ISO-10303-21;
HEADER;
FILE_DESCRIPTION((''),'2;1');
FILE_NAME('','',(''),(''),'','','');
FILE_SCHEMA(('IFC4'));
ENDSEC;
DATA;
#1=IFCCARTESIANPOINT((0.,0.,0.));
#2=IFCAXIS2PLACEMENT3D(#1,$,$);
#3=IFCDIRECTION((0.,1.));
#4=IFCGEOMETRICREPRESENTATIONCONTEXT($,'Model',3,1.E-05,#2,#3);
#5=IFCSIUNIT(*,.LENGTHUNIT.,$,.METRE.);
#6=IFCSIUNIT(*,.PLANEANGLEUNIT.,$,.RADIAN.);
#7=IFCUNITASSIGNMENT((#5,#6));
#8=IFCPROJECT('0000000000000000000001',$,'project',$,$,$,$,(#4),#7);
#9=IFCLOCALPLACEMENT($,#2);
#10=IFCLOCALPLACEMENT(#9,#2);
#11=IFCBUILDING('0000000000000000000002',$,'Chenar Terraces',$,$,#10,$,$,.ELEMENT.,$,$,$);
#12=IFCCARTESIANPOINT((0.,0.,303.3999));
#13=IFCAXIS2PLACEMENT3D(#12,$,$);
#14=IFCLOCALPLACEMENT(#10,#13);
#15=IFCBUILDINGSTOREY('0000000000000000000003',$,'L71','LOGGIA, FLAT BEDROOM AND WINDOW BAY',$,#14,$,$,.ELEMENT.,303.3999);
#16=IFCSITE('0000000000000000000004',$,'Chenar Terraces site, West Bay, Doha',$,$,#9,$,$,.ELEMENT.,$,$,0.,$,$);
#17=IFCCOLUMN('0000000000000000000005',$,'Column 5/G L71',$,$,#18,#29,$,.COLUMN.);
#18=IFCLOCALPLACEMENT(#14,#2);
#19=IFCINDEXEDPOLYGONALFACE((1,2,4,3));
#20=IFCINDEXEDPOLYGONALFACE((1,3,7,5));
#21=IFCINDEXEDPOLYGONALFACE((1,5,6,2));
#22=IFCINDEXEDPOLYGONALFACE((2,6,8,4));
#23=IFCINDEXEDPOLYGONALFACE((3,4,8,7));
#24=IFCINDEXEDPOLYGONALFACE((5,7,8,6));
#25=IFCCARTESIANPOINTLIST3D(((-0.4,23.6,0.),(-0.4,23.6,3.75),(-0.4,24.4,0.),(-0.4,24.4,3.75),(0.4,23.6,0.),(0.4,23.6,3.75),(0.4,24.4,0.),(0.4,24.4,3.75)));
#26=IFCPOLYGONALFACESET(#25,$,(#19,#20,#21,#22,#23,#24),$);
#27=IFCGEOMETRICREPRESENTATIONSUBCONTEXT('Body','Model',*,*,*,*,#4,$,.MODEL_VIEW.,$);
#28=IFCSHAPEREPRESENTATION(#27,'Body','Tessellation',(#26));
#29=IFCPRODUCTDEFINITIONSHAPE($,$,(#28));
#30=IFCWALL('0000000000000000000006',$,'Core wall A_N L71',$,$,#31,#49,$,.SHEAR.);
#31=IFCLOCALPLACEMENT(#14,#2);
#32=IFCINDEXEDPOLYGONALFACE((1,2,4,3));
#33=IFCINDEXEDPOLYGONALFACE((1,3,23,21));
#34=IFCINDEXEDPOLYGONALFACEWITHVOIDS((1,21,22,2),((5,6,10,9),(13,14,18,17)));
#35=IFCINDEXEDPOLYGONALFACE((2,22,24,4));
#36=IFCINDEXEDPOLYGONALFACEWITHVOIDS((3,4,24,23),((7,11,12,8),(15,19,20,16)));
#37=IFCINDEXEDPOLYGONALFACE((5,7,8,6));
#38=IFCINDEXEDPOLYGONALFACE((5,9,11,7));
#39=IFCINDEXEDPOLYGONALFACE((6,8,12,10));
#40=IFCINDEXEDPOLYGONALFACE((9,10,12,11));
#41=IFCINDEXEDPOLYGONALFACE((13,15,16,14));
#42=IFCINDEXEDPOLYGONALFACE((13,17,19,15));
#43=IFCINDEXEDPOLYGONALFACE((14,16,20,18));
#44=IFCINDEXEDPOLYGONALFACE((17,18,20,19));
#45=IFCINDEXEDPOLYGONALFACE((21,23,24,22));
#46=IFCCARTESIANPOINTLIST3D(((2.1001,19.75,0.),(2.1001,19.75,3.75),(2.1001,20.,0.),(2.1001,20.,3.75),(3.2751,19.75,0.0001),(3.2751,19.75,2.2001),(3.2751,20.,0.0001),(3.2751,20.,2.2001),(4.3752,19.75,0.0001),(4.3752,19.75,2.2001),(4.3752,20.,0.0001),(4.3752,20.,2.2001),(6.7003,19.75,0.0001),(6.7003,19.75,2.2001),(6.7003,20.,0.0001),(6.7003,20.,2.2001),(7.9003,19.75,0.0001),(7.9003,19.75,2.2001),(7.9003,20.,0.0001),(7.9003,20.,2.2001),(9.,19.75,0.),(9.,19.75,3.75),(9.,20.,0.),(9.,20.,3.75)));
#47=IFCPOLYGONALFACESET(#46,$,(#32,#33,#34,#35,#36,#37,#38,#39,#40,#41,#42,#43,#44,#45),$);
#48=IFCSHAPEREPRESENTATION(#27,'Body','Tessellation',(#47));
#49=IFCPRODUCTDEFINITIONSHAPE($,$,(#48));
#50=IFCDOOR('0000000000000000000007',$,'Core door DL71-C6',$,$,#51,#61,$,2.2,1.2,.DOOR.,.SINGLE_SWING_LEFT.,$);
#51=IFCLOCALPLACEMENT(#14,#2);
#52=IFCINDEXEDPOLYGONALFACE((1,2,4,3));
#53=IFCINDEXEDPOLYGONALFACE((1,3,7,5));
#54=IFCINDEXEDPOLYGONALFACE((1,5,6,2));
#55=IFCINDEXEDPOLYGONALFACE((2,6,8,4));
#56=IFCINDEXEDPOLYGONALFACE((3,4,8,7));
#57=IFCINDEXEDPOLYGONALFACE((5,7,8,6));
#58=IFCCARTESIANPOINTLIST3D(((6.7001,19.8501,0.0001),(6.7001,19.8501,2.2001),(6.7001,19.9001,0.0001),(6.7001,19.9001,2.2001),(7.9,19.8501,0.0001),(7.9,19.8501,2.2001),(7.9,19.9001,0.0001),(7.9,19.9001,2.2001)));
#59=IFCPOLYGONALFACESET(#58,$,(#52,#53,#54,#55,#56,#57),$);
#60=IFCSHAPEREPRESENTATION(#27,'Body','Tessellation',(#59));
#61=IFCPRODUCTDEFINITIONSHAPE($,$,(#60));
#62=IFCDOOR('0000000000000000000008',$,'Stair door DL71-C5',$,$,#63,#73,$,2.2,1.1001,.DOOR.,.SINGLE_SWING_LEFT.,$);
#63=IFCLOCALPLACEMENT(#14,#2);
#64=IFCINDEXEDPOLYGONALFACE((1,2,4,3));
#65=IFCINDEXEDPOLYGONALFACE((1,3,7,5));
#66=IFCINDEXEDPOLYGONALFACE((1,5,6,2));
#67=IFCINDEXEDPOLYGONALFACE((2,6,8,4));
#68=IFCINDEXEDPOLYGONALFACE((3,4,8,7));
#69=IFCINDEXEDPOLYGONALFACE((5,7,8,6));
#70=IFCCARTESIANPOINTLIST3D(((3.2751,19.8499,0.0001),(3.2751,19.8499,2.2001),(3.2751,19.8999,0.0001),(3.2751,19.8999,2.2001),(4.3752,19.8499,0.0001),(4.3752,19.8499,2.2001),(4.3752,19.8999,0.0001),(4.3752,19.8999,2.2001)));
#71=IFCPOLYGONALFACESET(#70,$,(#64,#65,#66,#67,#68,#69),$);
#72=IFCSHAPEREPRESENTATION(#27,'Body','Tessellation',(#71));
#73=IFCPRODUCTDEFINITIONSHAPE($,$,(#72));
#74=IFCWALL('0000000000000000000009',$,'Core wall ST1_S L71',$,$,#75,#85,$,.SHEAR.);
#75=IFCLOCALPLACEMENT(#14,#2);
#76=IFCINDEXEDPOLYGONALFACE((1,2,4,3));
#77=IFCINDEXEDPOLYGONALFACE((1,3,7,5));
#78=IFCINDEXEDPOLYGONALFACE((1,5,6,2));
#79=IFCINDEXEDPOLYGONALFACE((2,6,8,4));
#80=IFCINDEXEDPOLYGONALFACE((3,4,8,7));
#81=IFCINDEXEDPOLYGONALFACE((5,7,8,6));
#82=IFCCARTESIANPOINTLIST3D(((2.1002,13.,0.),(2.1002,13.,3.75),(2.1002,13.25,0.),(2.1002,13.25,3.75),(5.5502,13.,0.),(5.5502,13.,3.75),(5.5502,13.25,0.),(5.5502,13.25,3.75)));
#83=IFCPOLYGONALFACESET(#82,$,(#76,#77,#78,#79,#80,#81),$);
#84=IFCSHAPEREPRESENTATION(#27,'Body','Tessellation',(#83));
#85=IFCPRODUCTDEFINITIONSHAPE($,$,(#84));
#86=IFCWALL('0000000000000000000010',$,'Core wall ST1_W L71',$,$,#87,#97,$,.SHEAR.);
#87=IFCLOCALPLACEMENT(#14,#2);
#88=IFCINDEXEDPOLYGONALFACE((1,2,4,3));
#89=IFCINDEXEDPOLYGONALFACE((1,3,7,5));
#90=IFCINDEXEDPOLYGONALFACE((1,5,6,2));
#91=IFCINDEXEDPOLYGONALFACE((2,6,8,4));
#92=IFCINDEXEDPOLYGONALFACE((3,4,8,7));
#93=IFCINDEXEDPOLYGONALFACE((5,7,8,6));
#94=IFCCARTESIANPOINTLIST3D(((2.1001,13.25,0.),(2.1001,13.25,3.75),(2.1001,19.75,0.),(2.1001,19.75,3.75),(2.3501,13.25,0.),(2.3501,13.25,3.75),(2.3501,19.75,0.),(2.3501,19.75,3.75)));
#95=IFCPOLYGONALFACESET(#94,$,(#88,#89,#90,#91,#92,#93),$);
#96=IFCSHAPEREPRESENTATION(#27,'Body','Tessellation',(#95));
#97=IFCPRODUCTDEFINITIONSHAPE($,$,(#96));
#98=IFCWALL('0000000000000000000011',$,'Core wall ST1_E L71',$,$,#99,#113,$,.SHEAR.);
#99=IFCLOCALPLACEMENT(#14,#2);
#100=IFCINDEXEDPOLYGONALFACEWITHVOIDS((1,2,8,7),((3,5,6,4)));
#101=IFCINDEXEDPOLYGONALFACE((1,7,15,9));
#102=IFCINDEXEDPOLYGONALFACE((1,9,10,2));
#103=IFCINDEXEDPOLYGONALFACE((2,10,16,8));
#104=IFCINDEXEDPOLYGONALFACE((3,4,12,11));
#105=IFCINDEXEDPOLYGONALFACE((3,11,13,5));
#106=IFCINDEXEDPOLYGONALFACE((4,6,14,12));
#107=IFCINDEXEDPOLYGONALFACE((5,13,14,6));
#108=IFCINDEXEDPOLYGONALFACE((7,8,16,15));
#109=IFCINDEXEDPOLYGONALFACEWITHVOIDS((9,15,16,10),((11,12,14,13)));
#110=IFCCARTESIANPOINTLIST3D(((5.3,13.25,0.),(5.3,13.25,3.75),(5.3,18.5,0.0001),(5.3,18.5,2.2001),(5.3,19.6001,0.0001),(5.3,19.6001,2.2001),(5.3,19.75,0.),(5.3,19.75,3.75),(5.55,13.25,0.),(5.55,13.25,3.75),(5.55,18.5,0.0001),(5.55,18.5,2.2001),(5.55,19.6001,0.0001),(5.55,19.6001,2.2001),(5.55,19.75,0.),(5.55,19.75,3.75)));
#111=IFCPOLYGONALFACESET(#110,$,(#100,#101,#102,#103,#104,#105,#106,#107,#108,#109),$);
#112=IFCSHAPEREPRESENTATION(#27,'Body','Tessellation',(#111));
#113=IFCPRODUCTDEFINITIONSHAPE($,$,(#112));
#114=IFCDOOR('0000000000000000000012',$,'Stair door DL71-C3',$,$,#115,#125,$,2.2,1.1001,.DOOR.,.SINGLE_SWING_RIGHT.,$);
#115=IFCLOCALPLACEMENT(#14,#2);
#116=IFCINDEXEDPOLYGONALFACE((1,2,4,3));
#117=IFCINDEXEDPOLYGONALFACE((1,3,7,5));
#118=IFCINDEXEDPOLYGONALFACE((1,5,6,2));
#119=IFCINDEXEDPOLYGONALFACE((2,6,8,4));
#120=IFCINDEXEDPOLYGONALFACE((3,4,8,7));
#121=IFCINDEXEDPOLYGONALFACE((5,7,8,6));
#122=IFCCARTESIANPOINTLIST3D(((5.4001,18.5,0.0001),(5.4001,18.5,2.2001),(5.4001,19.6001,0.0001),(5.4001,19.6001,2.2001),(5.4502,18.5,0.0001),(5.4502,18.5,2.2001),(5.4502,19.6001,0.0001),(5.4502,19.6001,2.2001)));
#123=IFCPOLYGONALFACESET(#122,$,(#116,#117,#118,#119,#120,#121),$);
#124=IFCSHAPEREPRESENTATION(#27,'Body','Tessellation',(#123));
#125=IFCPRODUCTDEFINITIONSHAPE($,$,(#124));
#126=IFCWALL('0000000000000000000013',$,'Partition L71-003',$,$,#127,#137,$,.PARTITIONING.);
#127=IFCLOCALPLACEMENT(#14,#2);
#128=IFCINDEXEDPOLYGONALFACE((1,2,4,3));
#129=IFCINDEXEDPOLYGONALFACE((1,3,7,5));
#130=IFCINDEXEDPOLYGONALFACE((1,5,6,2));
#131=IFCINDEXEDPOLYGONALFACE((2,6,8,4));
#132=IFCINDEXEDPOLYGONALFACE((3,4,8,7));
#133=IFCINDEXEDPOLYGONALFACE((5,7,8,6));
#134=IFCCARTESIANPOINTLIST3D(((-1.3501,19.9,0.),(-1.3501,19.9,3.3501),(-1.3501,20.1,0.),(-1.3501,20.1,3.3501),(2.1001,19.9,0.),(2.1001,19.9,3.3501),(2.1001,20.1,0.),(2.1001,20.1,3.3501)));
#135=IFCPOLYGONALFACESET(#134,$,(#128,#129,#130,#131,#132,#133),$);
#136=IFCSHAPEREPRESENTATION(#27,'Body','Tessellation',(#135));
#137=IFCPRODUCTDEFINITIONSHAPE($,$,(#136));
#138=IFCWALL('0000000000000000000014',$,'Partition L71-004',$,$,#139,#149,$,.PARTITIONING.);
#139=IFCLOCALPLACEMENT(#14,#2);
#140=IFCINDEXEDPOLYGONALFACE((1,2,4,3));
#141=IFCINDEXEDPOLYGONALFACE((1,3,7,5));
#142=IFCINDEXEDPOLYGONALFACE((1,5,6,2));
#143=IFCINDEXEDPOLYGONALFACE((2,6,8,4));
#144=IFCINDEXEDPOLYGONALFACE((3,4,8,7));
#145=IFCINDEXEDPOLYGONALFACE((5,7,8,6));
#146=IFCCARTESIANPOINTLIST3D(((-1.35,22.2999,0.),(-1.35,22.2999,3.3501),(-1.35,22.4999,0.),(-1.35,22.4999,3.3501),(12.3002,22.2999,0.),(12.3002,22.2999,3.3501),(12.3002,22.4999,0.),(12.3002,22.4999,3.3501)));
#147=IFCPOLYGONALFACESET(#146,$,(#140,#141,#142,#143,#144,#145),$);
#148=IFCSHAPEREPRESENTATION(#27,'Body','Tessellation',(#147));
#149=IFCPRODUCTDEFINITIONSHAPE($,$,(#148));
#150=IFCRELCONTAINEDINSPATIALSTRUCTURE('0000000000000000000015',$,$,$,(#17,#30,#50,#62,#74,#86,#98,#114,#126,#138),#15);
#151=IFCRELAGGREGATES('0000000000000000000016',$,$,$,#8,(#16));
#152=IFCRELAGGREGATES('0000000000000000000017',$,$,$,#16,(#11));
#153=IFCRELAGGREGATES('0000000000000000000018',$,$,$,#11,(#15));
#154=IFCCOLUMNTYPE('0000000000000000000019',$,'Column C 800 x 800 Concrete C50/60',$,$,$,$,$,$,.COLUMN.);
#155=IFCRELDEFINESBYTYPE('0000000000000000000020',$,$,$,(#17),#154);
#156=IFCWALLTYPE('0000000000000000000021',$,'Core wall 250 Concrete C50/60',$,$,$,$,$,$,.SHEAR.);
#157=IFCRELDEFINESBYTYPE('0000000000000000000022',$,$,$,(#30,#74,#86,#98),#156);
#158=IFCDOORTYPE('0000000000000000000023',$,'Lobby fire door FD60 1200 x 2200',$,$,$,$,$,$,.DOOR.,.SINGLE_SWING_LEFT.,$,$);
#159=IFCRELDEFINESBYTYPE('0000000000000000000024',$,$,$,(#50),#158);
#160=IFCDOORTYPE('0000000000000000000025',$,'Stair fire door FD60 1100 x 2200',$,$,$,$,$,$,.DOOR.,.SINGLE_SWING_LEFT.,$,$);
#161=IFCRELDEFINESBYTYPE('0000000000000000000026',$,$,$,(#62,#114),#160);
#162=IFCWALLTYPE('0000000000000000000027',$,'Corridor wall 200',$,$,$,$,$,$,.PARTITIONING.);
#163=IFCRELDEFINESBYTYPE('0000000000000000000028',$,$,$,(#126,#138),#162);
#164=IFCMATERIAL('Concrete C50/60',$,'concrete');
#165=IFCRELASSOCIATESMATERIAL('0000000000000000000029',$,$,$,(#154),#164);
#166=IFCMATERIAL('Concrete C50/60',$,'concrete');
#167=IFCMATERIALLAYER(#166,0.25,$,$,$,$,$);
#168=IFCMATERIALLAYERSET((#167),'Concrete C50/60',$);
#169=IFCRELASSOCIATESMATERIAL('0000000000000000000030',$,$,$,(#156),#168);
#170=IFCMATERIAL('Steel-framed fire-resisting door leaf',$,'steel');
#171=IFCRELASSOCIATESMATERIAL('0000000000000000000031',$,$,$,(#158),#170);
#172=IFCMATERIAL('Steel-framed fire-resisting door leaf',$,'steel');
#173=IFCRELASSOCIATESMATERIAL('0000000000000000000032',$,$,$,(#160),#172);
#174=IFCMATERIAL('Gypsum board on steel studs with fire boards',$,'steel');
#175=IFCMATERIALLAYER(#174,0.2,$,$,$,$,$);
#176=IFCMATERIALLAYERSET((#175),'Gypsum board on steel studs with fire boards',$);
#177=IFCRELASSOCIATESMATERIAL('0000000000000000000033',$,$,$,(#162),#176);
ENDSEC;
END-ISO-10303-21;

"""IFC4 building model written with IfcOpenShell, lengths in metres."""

from ifc_helpers import new_model, si_unit, direction, frame, frame_2d, origin, origin_2d, place, context, subcontext, project, spatial, rectangle, extrude, material, layer, layer_set, material_profile, profile_set, type_object, element, fill, save


model = new_model("IFC4")

# Units and contexts
model_context = context("Model", 3, precision=1e-05, world=origin(), true_north=direction((0.0, 1.0)))
body_context = subcontext(model_context, "Body", "Model", "MODEL_VIEW")
ifc_project = project(units=[si_unit("LENGTHUNIT", "METRE"), si_unit("PLANEANGLEUNIT", "RADIAN")], contexts=[model_context])

# Site, building, storey
site_placement = place(None, origin())
site = spatial("IfcSite", under=ifc_project, at=site_placement, Name="Chenar Terraces site, West Bay, Doha", CompositionType="ELEMENT", RefElevation=0.0)
building_placement = place(site_placement, origin())
building = spatial("IfcBuilding", under=site, at=building_placement, Name="Chenar Terraces", CompositionType="ELEMENT")
storey_placement = place(building_placement, frame((0.0, 0.0, 303.3999)))
storey = spatial("IfcBuildingStorey", under=building, at=storey_placement, Name="L71", Description="LOGGIA, FLAT BEDROOM AND WINDOW BAY", CompositionType="ELEMENT", Elevation=303.3999)

# Column
ifc_material_1 = material(Name="Concrete C50/60", Category="concrete")
ifc_material_profile_1 = material_profile(ifc_material_1, rectangle(XDim=0.8, YDim=0.8, at=origin_2d()), Name="C 800 x 800")
ifc_profile_set_1 = profile_set([ifc_material_profile_1], Name="Concrete C50/60")
column_type = type_object("IfcColumnType", Name="Column C 800 x 800 Concrete C50/60", PredefinedType="COLUMN", material=ifc_profile_set_1)
column_placement = place(storey_placement, frame((0.0, 24.0, 0.0), z_axis=(0.0, 0.0, 1.0), x_axis=(1.0, 0.0, 0.0)))
element("IfcColumn", 1, at=column_placement, inside=storey, type_object=column_type, Name="Column 5/G L71", PredefinedType="COLUMN", context=body_context, shape_type="SweptSolid", body=[
    extrude(rectangle(XDim=0.8, YDim=0.8, at=origin_2d()), origin(), (0.0, 0.0, 1.0), 3.75),
])

# Wall, openings, doors
ifc_material_2 = material(Name="Concrete C50/60", Category="concrete")
ifc_layer_1 = layer(ifc_material_2, 0.25)
ifc_layer_set_1 = layer_set([ifc_layer_1], Name="Concrete C50/60")
wall_type_1 = type_object("IfcWallType", Name="Core wall 250 Concrete C50/60", PredefinedType="SHEAR", material=ifc_layer_set_1)
wall_1_placement = place(storey_placement, frame((2.1001, 19.875, 0.0), z_axis=(0.0, 0.0, 1.0), x_axis=(1.0, 0.0, 0.0)))
wall_1 = element("IfcWall", 2, at=wall_1_placement, inside=storey, type_object=wall_type_1, Name="Core wall A_N L71", PredefinedType="SHEAR", context=body_context, shape_type="SweptSolid", body=[
    extrude(rectangle(XDim=6.8999, YDim=0.25, at=frame_2d((3.45, 0.0))), origin(), (0.0, 0.0, 1.0), 3.75),
])
opening_1_placement = place(wall_1_placement, frame((1.175, 0.0, 0.0)))
opening_1 = element("IfcOpeningElement", 3, at=opening_1_placement, cuts=wall_1, PredefinedType="OPENING", context=body_context, shape_type="SweptSolid", body=[
    extrude(rectangle(XDim=1.1001, YDim=2.2, at=frame_2d((0.55, 1.1001))), frame((0.0, 0.135, 0.0), z_axis=(0.0, -1.0, 0.0), x_axis=(1.0, 0.0, 0.0)), (0.0, 0.0, 1.0), 0.27),
])
opening_2_placement = place(wall_1_placement, frame((4.6001, 0.0, 0.0)))
opening_2 = element("IfcOpeningElement", 4, at=opening_2_placement, cuts=wall_1, PredefinedType="OPENING", context=body_context, shape_type="SweptSolid", body=[
    extrude(rectangle(XDim=1.2, YDim=2.2, at=frame_2d((0.6001, 1.1001))), frame((0.0, 0.135, 0.0), z_axis=(0.0, -1.0, 0.0), x_axis=(1.0, 0.0, 0.0)), (0.0, 0.0, 1.0), 0.27),
])
ifc_material_3 = material(Name="Steel-framed fire-resisting door leaf", Category="steel")
door_type_1 = type_object("IfcDoorType", Name="Lobby fire door FD60 1200 x 2200", OperationType="SINGLE_SWING_LEFT", PredefinedType="DOOR", material=ifc_material_3)
door_1_placement = place(opening_2_placement, frame((1.2, 0.0, 0.0), z_axis=(0.0, 0.0, 1.0), x_axis=(-1.0, 0.0, 0.0)))
door_1 = element("IfcDoor", 5, at=door_1_placement, inside=storey, type_object=door_type_1, Name="Core door DL71-C6", OperationType="SINGLE_SWING_LEFT", OverallHeight=2.2, OverallWidth=1.2, PredefinedType="DOOR", context=body_context, shape_type="SweptSolid", body=[
    extrude(rectangle(XDim=1.2, YDim=2.2, at=frame_2d((0.6001, 1.1001))), frame((0.0, 0.0249, 0.0), z_axis=(0.0, -1.0, 0.0), x_axis=(1.0, 0.0, 0.0)), (0.0, 0.0, 1.0), 0.05),
])
fill(opening_2, door_1)
ifc_material_4 = material(Name="Steel-framed fire-resisting door leaf", Category="steel")
door_type_2 = type_object("IfcDoorType", Name="Stair fire door FD60 1100 x 2200", OperationType="SINGLE_SWING_LEFT", PredefinedType="DOOR", material=ifc_material_4)
door_2_placement = place(opening_1_placement, origin())
door_2 = element("IfcDoor", 6, at=door_2_placement, inside=storey, type_object=door_type_2, Name="Stair door DL71-C5", OperationType="SINGLE_SWING_LEFT", OverallHeight=2.2, OverallWidth=1.1001, PredefinedType="DOOR", context=body_context, shape_type="SweptSolid", body=[
    extrude(rectangle(XDim=1.1001, YDim=2.2, at=frame_2d((0.55, 1.1001))), frame((0.0, 0.0249, 0.0), z_axis=(0.0, -1.0, 0.0), x_axis=(1.0, 0.0, 0.0)), (0.0, 0.0, 1.0), 0.05),
])
fill(opening_1, door_2)

# Walls
wall_2_placement = place(storey_placement, frame((2.1001, 13.125, 0.0), z_axis=(0.0, 0.0, 1.0), x_axis=(1.0, 0.0, 0.0)))
element("IfcWall", 7, at=wall_2_placement, inside=storey, type_object=wall_type_1, Name="Core wall ST1_S L71", PredefinedType="SHEAR", context=body_context, shape_type="SweptSolid", body=[
    extrude(rectangle(XDim=3.45, YDim=0.25, at=frame_2d((1.7251, 0.0))), origin(), (0.0, 0.0, 1.0), 3.75),
])
wall_3_placement = place(storey_placement, frame((2.2251, 13.25, 0.0), z_axis=(0.0, 0.0, 1.0), x_axis=(0.0, 1.0, 0.0)))
element("IfcWall", 8, at=wall_3_placement, inside=storey, type_object=wall_type_1, Name="Core wall ST1_W L71", PredefinedType="SHEAR", context=body_context, shape_type="SweptSolid", body=[
    extrude(rectangle(XDim=6.5, YDim=0.25, at=frame_2d((3.25, 0.0))), origin(), (0.0, 0.0, 1.0), 3.75),
])

# Wall, opening, door
wall_4_placement = place(storey_placement, frame((5.425, 13.25, 0.0), z_axis=(0.0, 0.0, 1.0), x_axis=(0.0, 1.0, 0.0)))
wall_4 = element("IfcWall", 9, at=wall_4_placement, inside=storey, type_object=wall_type_1, Name="Core wall ST1_E L71", PredefinedType="SHEAR", context=body_context, shape_type="SweptSolid", body=[
    extrude(rectangle(XDim=6.5, YDim=0.25, at=frame_2d((3.25, 0.0))), origin(), (0.0, 0.0, 1.0), 3.75),
])
opening_3_placement = place(wall_4_placement, frame((5.25, 0.0, 0.0)))
opening_3 = element("IfcOpeningElement", 10, at=opening_3_placement, cuts=wall_4, PredefinedType="OPENING", context=body_context, shape_type="SweptSolid", body=[
    extrude(rectangle(XDim=1.1001, YDim=2.2, at=frame_2d((0.55, 1.1001))), frame((0.0, 0.135, 0.0), z_axis=(0.0, -1.0, 0.0), x_axis=(1.0, 0.0, 0.0)), (0.0, 0.0, 1.0), 0.27),
])
door_3_placement = place(opening_3_placement, origin())
door_3 = element("IfcDoor", 11, at=door_3_placement, inside=storey, type_object=door_type_2, Name="Stair door DL71-C3", OperationType="SINGLE_SWING_RIGHT", OverallHeight=2.2, OverallWidth=1.1001, PredefinedType="DOOR", context=body_context, shape_type="SweptSolid", body=[
    extrude(rectangle(XDim=1.1001, YDim=2.2, at=frame_2d((0.55, 1.1001))), frame((0.0, 0.0249, 0.0), z_axis=(0.0, -1.0, 0.0), x_axis=(1.0, 0.0, 0.0)), (0.0, 0.0, 1.0), 0.05),
])
fill(opening_3, door_3)

# Walls
ifc_material_5 = material(Name="Gypsum board on steel studs with fire boards", Category="steel")
ifc_layer_2 = layer(ifc_material_5, 0.2)
ifc_layer_set_2 = layer_set([ifc_layer_2], Name="Gypsum board on steel studs with fire boards")
wall_type_2 = type_object("IfcWallType", Name="Corridor wall 200", PredefinedType="PARTITIONING", material=ifc_layer_set_2)
wall_5_placement = place(storey_placement, frame((-1.3501, 20.0, 0.0), z_axis=(0.0, 0.0, 1.0), x_axis=(1.0, 0.0, 0.0)))
element("IfcWall", 12, at=wall_5_placement, inside=storey, type_object=wall_type_2, Name="Partition L71-003", PredefinedType="PARTITIONING", context=body_context, shape_type="SweptSolid", body=[
    extrude(rectangle(XDim=3.4502, YDim=0.2, at=frame_2d((1.7251, 0.0))), origin(), (0.0, 0.0, 1.0), 3.3501),
])
wall_6_placement = place(storey_placement, frame((-1.3501, 22.3999, 0.0), z_axis=(0.0, 0.0, 1.0), x_axis=(1.0, 0.0, 0.0)))
element("IfcWall", 13, at=wall_6_placement, inside=storey, type_object=wall_type_2, Name="Partition L71-004", PredefinedType="PARTITIONING", context=body_context, shape_type="SweptSolid", body=[
    extrude(rectangle(XDim=13.6501, YDim=0.2, at=frame_2d((6.8252, 0.0))), origin(), (0.0, 0.0, 1.0), 3.3501),
])

save(model, "model.ifc")
